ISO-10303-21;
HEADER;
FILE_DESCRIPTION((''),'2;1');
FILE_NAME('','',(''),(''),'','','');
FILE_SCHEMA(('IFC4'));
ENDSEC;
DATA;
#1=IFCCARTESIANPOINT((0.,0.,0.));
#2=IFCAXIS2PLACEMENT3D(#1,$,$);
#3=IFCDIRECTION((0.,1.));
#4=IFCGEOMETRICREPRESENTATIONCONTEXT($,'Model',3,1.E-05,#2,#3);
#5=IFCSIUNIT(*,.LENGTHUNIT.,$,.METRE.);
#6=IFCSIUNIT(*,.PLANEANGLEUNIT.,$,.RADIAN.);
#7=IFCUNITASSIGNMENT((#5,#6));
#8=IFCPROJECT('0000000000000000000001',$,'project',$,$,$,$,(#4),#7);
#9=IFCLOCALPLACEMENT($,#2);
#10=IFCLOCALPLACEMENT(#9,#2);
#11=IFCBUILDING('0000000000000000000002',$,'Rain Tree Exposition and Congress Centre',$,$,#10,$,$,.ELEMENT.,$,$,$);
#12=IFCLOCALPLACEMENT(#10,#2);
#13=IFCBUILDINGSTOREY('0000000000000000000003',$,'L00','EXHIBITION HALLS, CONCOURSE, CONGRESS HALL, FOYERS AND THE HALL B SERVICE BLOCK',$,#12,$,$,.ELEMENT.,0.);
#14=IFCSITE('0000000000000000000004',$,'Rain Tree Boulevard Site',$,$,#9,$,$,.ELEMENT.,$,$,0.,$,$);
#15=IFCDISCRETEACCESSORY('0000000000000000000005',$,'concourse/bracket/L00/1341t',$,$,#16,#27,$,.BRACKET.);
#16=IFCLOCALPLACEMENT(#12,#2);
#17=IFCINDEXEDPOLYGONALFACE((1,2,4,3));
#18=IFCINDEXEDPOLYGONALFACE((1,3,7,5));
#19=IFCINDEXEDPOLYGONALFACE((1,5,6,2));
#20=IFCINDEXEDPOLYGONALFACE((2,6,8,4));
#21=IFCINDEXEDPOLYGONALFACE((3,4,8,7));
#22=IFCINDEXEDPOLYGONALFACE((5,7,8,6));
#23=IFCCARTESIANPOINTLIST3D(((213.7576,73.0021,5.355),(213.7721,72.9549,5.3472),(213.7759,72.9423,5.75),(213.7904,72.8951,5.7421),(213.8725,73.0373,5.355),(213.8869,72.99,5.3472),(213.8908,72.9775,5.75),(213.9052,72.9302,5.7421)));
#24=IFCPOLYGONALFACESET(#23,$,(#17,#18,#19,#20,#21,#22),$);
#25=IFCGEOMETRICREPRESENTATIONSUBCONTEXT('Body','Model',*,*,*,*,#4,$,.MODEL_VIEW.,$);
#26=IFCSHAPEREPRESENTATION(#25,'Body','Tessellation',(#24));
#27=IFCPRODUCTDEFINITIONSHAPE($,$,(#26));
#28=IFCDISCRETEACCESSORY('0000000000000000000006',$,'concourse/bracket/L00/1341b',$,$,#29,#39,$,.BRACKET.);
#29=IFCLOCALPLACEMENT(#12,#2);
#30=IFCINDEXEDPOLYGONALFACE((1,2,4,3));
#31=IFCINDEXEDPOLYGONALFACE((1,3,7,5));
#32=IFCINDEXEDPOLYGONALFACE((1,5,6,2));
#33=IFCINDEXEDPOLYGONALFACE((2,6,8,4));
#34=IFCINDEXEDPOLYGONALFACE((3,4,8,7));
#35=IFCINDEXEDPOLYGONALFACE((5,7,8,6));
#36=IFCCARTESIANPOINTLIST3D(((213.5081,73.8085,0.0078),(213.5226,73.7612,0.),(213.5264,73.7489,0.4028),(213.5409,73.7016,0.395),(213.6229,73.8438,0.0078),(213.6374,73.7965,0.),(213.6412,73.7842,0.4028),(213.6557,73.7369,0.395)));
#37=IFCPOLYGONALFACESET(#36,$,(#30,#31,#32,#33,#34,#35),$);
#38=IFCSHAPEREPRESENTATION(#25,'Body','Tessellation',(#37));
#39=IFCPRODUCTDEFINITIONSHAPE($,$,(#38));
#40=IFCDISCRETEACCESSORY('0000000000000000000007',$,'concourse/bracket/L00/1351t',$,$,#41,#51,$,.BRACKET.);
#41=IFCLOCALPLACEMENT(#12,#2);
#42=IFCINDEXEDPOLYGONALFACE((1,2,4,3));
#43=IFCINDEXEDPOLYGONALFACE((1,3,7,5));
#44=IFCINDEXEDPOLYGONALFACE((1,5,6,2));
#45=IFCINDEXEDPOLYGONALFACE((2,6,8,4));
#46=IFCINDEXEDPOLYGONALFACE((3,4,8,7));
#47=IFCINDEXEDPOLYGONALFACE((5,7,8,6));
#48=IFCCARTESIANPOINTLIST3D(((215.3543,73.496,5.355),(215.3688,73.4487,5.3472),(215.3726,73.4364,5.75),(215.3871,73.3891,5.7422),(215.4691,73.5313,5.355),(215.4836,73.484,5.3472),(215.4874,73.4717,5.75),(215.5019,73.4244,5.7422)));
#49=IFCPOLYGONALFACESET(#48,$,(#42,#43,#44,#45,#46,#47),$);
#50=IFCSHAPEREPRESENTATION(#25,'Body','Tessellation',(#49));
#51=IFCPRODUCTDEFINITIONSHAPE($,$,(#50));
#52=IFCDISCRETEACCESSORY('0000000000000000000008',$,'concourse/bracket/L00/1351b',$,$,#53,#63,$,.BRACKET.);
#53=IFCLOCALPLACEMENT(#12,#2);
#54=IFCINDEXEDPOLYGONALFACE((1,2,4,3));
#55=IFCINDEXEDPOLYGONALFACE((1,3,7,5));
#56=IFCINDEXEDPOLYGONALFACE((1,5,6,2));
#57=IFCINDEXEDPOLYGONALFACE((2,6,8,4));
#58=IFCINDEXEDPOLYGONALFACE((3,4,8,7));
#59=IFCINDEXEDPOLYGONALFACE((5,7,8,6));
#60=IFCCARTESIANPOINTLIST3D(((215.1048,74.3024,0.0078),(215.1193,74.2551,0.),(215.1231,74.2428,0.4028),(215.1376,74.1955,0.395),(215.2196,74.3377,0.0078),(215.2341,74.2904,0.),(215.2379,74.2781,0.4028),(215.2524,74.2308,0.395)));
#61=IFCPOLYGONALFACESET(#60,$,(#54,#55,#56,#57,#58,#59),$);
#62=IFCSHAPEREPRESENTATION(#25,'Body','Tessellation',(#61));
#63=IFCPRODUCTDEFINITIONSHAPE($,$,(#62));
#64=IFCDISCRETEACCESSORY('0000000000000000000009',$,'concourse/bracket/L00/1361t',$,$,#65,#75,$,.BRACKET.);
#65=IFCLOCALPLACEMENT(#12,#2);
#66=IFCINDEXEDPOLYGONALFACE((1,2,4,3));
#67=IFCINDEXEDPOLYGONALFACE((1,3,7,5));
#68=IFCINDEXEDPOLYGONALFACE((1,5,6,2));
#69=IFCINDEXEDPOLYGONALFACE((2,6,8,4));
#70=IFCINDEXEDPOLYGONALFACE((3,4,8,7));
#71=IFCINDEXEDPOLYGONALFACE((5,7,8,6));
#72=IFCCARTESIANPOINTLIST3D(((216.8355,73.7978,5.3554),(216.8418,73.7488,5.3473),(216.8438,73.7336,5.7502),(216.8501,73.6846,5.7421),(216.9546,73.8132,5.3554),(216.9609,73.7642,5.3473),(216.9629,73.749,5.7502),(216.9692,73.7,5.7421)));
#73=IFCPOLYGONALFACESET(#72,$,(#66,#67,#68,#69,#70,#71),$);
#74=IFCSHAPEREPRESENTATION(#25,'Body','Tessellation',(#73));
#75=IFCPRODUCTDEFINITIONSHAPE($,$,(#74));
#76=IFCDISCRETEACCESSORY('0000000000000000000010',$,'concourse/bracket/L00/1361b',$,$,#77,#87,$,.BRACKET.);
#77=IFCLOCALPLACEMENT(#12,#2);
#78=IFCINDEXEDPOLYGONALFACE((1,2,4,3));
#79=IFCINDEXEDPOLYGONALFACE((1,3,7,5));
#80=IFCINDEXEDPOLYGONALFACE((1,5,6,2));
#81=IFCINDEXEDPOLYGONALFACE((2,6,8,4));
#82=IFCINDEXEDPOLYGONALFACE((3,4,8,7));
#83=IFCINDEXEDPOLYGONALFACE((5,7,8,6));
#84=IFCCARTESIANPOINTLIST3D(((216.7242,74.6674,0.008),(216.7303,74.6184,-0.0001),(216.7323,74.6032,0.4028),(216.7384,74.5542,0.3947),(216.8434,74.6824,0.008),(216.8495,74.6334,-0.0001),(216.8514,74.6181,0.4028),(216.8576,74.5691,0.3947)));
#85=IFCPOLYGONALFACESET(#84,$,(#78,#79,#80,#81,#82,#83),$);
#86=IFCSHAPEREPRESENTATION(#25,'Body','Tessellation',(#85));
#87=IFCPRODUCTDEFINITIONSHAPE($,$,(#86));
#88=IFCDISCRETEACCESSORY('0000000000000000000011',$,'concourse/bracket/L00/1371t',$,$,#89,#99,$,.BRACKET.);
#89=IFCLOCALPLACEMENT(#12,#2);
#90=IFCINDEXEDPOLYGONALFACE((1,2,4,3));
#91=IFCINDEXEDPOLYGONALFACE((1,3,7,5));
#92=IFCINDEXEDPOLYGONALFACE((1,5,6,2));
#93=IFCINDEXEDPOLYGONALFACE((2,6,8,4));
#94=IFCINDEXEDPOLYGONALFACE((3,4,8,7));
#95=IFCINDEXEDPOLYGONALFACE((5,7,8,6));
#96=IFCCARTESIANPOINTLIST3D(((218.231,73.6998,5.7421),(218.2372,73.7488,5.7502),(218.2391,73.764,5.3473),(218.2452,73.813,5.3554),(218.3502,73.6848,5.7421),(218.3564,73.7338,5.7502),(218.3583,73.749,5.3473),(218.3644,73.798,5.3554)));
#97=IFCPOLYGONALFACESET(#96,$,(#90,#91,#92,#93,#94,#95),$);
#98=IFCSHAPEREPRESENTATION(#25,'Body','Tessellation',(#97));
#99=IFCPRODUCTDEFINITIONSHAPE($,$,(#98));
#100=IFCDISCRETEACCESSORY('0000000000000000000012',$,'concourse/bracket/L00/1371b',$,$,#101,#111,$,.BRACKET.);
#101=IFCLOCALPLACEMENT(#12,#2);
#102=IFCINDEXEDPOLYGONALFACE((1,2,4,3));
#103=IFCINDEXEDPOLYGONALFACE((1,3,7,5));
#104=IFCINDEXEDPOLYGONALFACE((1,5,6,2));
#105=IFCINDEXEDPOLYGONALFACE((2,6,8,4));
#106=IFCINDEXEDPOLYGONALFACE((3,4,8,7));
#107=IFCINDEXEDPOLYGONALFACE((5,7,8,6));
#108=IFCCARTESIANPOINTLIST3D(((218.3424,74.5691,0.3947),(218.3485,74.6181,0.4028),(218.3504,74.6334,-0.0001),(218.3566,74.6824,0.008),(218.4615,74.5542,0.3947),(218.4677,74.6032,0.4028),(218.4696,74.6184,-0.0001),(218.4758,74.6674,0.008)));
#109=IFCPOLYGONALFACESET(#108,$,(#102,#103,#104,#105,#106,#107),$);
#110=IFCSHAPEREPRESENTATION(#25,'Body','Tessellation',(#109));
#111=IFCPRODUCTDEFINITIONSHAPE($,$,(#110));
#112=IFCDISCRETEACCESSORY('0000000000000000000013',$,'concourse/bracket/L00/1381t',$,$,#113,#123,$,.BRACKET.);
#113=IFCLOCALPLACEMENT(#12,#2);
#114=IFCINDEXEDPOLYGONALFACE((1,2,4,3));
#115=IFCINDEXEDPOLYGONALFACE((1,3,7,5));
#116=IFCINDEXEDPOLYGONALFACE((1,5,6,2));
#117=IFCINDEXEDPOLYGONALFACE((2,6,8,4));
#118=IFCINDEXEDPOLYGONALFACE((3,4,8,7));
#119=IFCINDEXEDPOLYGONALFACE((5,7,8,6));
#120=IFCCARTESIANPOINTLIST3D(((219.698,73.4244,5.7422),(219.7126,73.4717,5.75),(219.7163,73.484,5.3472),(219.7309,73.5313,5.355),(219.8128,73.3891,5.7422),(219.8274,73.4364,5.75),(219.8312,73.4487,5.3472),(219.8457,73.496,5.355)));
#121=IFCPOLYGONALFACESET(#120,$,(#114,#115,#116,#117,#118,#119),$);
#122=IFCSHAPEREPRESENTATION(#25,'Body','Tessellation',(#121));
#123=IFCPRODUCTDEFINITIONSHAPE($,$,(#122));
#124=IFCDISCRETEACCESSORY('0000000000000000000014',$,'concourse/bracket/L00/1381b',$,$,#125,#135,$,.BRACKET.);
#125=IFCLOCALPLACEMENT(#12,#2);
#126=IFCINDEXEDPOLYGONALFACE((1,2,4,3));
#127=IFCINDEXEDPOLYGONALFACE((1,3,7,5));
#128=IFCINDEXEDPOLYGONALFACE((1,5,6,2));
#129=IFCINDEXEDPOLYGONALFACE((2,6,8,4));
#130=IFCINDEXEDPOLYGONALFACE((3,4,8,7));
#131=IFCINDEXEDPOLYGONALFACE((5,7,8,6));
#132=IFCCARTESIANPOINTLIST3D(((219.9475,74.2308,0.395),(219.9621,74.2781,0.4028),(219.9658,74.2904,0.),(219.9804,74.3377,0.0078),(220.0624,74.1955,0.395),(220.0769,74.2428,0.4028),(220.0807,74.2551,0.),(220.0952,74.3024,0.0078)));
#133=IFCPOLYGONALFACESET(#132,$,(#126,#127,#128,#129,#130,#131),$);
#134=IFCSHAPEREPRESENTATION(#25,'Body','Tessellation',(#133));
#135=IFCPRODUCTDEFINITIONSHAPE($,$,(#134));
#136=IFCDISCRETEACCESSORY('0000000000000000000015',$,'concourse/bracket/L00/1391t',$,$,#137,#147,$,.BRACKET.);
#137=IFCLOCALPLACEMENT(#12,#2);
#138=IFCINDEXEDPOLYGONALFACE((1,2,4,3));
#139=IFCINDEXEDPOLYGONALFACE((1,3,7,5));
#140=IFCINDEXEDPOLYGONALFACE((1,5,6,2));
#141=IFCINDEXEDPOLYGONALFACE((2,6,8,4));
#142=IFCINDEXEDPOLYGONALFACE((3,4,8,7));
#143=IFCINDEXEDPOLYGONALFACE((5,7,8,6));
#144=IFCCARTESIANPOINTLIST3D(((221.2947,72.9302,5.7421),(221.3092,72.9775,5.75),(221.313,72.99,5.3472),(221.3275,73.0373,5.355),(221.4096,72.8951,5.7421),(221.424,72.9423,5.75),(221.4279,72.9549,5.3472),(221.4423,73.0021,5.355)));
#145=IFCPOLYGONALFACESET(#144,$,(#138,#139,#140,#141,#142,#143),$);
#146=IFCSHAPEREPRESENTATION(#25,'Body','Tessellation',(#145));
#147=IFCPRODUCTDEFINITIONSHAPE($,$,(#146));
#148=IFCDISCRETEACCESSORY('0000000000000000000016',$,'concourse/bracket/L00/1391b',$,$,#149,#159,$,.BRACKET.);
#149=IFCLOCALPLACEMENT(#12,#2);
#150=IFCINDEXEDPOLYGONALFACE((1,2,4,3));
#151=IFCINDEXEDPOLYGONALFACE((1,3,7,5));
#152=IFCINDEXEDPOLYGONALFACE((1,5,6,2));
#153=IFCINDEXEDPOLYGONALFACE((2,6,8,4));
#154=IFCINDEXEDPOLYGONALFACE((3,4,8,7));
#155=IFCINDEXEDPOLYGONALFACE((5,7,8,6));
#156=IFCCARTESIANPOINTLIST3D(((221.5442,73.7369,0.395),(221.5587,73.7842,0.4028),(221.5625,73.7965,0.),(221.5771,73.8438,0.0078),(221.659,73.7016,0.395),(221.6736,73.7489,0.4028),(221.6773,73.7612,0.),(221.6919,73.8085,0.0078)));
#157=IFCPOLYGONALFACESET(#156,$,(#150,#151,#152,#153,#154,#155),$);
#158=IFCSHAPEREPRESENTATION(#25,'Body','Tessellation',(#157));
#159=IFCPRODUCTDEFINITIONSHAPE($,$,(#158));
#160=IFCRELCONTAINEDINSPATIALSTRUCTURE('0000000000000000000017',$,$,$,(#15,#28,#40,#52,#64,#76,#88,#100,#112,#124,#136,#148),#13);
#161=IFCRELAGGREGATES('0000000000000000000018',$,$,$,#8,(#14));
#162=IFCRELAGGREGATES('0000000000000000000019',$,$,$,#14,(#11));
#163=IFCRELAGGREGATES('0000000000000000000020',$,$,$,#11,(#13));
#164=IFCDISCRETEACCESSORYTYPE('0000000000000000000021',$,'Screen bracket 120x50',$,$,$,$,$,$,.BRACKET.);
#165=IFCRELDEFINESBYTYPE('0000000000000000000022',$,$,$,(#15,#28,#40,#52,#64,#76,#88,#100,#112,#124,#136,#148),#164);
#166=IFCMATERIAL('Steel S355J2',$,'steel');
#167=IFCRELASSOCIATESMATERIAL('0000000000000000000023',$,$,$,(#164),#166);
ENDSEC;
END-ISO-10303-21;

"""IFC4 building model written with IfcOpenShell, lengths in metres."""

from ifc_helpers import new_model, si_unit, direction, frame, origin, origin_2d, place, context, subcontext, project, spatial, rectangle, extrude, material, material_profile, profile_set, type_object, element, save


model = new_model("IFC4")

# Units and contexts
model_context = context("Model", 3, precision=1e-05, world=origin(), true_north=direction((0.0, 1.0)))
body_context = subcontext(model_context, "Body", "Model", "MODEL_VIEW")
ifc_project = project(units=[si_unit("LENGTHUNIT", "METRE"), si_unit("PLANEANGLEUNIT", "RADIAN")], contexts=[model_context])

# Site, building, storey
site_placement = place(None, origin())
site = spatial("IfcSite", under=ifc_project, at=site_placement, Name="Rain Tree Boulevard Site", CompositionType="ELEMENT", RefElevation=0.0)
building_placement = place(site_placement, origin())
building = spatial("IfcBuilding", under=site, at=building_placement, Name="Rain Tree Exposition and Congress Centre", CompositionType="ELEMENT")
storey_placement = place(building_placement, origin())
storey = spatial("IfcBuildingStorey", under=building, at=storey_placement, Name="L00", Description="EXHIBITION HALLS, CONCOURSE, CONGRESS HALL, FOYERS AND THE HALL B SERVICE BLOCK", CompositionType="ELEMENT", Elevation=0.0)

# Discrete accessories
ifc_material_1 = material(Name="Steel S355J2", Category="steel")
ifc_material_profile_1 = material_profile(ifc_material_1, rectangle(XDim=0.1201, YDim=0.05, at=origin_2d()), Name="Flat bar 120x50")
ifc_profile_set_1 = profile_set([ifc_material_profile_1], Name="Steel S355J2")
discrete_accessory_type = type_object("IfcDiscreteAccessoryType", Name="Screen bracket 120x50", PredefinedType="BRACKET", material=ifc_profile_set_1)
for number, where, z_axis, x_axis, name in (
    (1, (213.8223, 72.9961, 5.3511), (0.045783, -0.149558, 0.987692), (0.9562, 0.292714, 0.0), "concourse/bracket/L00/1341t"),
    (2, (213.5728, 73.8025, 0.0039), (0.045787, -0.148961, 0.987782), (0.955864, 0.293811, 0.0), "concourse/bracket/L00/1341b"),
    (3, (215.4189, 73.49, 5.3511), (0.045787, -0.148961, 0.987782), (0.955864, 0.293811, 0.0), "concourse/bracket/L00/1351t"),
    (4, (215.1694, 74.2964, 0.0039), (0.045787, -0.148961, 0.987782), (0.955864, 0.293811, 0.0), "concourse/bracket/L00/1351b"),
):
    element("IfcDiscreteAccessory", number, at=place(storey_placement, frame(where, z_axis=z_axis, x_axis=x_axis)), inside=storey, type_object=discrete_accessory_type, Name=name, PredefinedType="BRACKET", context=body_context, shape_type="SweptSolid", body=[
        extrude(rectangle(XDim=0.1201, YDim=0.05, at=origin_2d()), origin(), (0.0, 0.0, 1.0), 0.3999),
    ])
for number, where, z_axis, x_axis, name in (
    (5, (216.8982, 73.781, 5.3513), (0.020749, -0.160503, 0.986817), (0.991747, 0.128211, 0.0), "concourse/bracket/L00/1361t"),
    (6, (216.7869, 74.6504, 0.0039), (0.020139, -0.160505, 0.98683), (0.99222, 0.124499, 0.0), "concourse/bracket/L00/1361b"),
    (7, (218.3018, 73.781, 5.3513), (-0.020139, -0.160505, 0.98683), (0.99222, -0.124499, 0.0), "concourse/bracket/L00/1371t"),
    (8, (218.4131, 74.6504, 0.0039), (-0.020139, -0.160505, 0.98683), (0.99222, -0.124499, 0.0), "concourse/bracket/L00/1371b"),
):
    element("IfcDiscreteAccessory", number, at=place(storey_placement, frame(where, z_axis=z_axis, x_axis=x_axis)), inside=storey, type_object=discrete_accessory_type, Name=name, PredefinedType="BRACKET", context=body_context, shape_type="SweptSolid", body=[
        extrude(rectangle(XDim=0.1201, YDim=0.05, at=origin_2d()), origin(), (0.0, 0.0, 1.0), 0.4001),
    ])
for number, where, z_axis, x_axis, name in (
    (9, (219.781, 73.49, 5.3511), (-0.045787, -0.148961, 0.987782), (0.955864, -0.293811, 0.0), "concourse/bracket/L00/1381t"),
    (10, (220.0305, 74.2964, 0.0039), (-0.045787, -0.148961, 0.987782), (0.955864, -0.293811, 0.0), "concourse/bracket/L00/1381b"),
    (11, (221.3777, 72.9961, 5.3511), (-0.045783, -0.149558, 0.987692), (0.9562, -0.292714, 0.0), "concourse/bracket/L00/1391t"),
    (12, (221.6272, 73.8025, 0.0039), (-0.045787, -0.148961, 0.987782), (0.955864, -0.293811, 0.0), "concourse/bracket/L00/1391b"),
):
    element("IfcDiscreteAccessory", number, at=place(storey_placement, frame(where, z_axis=z_axis, x_axis=x_axis)), inside=storey, type_object=discrete_accessory_type, Name=name, PredefinedType="BRACKET", context=body_context, shape_type="SweptSolid", body=[
        extrude(rectangle(XDim=0.1201, YDim=0.05, at=origin_2d()), origin(), (0.0, 0.0, 1.0), 0.3999),
    ])

save(model, "model.ifc")
